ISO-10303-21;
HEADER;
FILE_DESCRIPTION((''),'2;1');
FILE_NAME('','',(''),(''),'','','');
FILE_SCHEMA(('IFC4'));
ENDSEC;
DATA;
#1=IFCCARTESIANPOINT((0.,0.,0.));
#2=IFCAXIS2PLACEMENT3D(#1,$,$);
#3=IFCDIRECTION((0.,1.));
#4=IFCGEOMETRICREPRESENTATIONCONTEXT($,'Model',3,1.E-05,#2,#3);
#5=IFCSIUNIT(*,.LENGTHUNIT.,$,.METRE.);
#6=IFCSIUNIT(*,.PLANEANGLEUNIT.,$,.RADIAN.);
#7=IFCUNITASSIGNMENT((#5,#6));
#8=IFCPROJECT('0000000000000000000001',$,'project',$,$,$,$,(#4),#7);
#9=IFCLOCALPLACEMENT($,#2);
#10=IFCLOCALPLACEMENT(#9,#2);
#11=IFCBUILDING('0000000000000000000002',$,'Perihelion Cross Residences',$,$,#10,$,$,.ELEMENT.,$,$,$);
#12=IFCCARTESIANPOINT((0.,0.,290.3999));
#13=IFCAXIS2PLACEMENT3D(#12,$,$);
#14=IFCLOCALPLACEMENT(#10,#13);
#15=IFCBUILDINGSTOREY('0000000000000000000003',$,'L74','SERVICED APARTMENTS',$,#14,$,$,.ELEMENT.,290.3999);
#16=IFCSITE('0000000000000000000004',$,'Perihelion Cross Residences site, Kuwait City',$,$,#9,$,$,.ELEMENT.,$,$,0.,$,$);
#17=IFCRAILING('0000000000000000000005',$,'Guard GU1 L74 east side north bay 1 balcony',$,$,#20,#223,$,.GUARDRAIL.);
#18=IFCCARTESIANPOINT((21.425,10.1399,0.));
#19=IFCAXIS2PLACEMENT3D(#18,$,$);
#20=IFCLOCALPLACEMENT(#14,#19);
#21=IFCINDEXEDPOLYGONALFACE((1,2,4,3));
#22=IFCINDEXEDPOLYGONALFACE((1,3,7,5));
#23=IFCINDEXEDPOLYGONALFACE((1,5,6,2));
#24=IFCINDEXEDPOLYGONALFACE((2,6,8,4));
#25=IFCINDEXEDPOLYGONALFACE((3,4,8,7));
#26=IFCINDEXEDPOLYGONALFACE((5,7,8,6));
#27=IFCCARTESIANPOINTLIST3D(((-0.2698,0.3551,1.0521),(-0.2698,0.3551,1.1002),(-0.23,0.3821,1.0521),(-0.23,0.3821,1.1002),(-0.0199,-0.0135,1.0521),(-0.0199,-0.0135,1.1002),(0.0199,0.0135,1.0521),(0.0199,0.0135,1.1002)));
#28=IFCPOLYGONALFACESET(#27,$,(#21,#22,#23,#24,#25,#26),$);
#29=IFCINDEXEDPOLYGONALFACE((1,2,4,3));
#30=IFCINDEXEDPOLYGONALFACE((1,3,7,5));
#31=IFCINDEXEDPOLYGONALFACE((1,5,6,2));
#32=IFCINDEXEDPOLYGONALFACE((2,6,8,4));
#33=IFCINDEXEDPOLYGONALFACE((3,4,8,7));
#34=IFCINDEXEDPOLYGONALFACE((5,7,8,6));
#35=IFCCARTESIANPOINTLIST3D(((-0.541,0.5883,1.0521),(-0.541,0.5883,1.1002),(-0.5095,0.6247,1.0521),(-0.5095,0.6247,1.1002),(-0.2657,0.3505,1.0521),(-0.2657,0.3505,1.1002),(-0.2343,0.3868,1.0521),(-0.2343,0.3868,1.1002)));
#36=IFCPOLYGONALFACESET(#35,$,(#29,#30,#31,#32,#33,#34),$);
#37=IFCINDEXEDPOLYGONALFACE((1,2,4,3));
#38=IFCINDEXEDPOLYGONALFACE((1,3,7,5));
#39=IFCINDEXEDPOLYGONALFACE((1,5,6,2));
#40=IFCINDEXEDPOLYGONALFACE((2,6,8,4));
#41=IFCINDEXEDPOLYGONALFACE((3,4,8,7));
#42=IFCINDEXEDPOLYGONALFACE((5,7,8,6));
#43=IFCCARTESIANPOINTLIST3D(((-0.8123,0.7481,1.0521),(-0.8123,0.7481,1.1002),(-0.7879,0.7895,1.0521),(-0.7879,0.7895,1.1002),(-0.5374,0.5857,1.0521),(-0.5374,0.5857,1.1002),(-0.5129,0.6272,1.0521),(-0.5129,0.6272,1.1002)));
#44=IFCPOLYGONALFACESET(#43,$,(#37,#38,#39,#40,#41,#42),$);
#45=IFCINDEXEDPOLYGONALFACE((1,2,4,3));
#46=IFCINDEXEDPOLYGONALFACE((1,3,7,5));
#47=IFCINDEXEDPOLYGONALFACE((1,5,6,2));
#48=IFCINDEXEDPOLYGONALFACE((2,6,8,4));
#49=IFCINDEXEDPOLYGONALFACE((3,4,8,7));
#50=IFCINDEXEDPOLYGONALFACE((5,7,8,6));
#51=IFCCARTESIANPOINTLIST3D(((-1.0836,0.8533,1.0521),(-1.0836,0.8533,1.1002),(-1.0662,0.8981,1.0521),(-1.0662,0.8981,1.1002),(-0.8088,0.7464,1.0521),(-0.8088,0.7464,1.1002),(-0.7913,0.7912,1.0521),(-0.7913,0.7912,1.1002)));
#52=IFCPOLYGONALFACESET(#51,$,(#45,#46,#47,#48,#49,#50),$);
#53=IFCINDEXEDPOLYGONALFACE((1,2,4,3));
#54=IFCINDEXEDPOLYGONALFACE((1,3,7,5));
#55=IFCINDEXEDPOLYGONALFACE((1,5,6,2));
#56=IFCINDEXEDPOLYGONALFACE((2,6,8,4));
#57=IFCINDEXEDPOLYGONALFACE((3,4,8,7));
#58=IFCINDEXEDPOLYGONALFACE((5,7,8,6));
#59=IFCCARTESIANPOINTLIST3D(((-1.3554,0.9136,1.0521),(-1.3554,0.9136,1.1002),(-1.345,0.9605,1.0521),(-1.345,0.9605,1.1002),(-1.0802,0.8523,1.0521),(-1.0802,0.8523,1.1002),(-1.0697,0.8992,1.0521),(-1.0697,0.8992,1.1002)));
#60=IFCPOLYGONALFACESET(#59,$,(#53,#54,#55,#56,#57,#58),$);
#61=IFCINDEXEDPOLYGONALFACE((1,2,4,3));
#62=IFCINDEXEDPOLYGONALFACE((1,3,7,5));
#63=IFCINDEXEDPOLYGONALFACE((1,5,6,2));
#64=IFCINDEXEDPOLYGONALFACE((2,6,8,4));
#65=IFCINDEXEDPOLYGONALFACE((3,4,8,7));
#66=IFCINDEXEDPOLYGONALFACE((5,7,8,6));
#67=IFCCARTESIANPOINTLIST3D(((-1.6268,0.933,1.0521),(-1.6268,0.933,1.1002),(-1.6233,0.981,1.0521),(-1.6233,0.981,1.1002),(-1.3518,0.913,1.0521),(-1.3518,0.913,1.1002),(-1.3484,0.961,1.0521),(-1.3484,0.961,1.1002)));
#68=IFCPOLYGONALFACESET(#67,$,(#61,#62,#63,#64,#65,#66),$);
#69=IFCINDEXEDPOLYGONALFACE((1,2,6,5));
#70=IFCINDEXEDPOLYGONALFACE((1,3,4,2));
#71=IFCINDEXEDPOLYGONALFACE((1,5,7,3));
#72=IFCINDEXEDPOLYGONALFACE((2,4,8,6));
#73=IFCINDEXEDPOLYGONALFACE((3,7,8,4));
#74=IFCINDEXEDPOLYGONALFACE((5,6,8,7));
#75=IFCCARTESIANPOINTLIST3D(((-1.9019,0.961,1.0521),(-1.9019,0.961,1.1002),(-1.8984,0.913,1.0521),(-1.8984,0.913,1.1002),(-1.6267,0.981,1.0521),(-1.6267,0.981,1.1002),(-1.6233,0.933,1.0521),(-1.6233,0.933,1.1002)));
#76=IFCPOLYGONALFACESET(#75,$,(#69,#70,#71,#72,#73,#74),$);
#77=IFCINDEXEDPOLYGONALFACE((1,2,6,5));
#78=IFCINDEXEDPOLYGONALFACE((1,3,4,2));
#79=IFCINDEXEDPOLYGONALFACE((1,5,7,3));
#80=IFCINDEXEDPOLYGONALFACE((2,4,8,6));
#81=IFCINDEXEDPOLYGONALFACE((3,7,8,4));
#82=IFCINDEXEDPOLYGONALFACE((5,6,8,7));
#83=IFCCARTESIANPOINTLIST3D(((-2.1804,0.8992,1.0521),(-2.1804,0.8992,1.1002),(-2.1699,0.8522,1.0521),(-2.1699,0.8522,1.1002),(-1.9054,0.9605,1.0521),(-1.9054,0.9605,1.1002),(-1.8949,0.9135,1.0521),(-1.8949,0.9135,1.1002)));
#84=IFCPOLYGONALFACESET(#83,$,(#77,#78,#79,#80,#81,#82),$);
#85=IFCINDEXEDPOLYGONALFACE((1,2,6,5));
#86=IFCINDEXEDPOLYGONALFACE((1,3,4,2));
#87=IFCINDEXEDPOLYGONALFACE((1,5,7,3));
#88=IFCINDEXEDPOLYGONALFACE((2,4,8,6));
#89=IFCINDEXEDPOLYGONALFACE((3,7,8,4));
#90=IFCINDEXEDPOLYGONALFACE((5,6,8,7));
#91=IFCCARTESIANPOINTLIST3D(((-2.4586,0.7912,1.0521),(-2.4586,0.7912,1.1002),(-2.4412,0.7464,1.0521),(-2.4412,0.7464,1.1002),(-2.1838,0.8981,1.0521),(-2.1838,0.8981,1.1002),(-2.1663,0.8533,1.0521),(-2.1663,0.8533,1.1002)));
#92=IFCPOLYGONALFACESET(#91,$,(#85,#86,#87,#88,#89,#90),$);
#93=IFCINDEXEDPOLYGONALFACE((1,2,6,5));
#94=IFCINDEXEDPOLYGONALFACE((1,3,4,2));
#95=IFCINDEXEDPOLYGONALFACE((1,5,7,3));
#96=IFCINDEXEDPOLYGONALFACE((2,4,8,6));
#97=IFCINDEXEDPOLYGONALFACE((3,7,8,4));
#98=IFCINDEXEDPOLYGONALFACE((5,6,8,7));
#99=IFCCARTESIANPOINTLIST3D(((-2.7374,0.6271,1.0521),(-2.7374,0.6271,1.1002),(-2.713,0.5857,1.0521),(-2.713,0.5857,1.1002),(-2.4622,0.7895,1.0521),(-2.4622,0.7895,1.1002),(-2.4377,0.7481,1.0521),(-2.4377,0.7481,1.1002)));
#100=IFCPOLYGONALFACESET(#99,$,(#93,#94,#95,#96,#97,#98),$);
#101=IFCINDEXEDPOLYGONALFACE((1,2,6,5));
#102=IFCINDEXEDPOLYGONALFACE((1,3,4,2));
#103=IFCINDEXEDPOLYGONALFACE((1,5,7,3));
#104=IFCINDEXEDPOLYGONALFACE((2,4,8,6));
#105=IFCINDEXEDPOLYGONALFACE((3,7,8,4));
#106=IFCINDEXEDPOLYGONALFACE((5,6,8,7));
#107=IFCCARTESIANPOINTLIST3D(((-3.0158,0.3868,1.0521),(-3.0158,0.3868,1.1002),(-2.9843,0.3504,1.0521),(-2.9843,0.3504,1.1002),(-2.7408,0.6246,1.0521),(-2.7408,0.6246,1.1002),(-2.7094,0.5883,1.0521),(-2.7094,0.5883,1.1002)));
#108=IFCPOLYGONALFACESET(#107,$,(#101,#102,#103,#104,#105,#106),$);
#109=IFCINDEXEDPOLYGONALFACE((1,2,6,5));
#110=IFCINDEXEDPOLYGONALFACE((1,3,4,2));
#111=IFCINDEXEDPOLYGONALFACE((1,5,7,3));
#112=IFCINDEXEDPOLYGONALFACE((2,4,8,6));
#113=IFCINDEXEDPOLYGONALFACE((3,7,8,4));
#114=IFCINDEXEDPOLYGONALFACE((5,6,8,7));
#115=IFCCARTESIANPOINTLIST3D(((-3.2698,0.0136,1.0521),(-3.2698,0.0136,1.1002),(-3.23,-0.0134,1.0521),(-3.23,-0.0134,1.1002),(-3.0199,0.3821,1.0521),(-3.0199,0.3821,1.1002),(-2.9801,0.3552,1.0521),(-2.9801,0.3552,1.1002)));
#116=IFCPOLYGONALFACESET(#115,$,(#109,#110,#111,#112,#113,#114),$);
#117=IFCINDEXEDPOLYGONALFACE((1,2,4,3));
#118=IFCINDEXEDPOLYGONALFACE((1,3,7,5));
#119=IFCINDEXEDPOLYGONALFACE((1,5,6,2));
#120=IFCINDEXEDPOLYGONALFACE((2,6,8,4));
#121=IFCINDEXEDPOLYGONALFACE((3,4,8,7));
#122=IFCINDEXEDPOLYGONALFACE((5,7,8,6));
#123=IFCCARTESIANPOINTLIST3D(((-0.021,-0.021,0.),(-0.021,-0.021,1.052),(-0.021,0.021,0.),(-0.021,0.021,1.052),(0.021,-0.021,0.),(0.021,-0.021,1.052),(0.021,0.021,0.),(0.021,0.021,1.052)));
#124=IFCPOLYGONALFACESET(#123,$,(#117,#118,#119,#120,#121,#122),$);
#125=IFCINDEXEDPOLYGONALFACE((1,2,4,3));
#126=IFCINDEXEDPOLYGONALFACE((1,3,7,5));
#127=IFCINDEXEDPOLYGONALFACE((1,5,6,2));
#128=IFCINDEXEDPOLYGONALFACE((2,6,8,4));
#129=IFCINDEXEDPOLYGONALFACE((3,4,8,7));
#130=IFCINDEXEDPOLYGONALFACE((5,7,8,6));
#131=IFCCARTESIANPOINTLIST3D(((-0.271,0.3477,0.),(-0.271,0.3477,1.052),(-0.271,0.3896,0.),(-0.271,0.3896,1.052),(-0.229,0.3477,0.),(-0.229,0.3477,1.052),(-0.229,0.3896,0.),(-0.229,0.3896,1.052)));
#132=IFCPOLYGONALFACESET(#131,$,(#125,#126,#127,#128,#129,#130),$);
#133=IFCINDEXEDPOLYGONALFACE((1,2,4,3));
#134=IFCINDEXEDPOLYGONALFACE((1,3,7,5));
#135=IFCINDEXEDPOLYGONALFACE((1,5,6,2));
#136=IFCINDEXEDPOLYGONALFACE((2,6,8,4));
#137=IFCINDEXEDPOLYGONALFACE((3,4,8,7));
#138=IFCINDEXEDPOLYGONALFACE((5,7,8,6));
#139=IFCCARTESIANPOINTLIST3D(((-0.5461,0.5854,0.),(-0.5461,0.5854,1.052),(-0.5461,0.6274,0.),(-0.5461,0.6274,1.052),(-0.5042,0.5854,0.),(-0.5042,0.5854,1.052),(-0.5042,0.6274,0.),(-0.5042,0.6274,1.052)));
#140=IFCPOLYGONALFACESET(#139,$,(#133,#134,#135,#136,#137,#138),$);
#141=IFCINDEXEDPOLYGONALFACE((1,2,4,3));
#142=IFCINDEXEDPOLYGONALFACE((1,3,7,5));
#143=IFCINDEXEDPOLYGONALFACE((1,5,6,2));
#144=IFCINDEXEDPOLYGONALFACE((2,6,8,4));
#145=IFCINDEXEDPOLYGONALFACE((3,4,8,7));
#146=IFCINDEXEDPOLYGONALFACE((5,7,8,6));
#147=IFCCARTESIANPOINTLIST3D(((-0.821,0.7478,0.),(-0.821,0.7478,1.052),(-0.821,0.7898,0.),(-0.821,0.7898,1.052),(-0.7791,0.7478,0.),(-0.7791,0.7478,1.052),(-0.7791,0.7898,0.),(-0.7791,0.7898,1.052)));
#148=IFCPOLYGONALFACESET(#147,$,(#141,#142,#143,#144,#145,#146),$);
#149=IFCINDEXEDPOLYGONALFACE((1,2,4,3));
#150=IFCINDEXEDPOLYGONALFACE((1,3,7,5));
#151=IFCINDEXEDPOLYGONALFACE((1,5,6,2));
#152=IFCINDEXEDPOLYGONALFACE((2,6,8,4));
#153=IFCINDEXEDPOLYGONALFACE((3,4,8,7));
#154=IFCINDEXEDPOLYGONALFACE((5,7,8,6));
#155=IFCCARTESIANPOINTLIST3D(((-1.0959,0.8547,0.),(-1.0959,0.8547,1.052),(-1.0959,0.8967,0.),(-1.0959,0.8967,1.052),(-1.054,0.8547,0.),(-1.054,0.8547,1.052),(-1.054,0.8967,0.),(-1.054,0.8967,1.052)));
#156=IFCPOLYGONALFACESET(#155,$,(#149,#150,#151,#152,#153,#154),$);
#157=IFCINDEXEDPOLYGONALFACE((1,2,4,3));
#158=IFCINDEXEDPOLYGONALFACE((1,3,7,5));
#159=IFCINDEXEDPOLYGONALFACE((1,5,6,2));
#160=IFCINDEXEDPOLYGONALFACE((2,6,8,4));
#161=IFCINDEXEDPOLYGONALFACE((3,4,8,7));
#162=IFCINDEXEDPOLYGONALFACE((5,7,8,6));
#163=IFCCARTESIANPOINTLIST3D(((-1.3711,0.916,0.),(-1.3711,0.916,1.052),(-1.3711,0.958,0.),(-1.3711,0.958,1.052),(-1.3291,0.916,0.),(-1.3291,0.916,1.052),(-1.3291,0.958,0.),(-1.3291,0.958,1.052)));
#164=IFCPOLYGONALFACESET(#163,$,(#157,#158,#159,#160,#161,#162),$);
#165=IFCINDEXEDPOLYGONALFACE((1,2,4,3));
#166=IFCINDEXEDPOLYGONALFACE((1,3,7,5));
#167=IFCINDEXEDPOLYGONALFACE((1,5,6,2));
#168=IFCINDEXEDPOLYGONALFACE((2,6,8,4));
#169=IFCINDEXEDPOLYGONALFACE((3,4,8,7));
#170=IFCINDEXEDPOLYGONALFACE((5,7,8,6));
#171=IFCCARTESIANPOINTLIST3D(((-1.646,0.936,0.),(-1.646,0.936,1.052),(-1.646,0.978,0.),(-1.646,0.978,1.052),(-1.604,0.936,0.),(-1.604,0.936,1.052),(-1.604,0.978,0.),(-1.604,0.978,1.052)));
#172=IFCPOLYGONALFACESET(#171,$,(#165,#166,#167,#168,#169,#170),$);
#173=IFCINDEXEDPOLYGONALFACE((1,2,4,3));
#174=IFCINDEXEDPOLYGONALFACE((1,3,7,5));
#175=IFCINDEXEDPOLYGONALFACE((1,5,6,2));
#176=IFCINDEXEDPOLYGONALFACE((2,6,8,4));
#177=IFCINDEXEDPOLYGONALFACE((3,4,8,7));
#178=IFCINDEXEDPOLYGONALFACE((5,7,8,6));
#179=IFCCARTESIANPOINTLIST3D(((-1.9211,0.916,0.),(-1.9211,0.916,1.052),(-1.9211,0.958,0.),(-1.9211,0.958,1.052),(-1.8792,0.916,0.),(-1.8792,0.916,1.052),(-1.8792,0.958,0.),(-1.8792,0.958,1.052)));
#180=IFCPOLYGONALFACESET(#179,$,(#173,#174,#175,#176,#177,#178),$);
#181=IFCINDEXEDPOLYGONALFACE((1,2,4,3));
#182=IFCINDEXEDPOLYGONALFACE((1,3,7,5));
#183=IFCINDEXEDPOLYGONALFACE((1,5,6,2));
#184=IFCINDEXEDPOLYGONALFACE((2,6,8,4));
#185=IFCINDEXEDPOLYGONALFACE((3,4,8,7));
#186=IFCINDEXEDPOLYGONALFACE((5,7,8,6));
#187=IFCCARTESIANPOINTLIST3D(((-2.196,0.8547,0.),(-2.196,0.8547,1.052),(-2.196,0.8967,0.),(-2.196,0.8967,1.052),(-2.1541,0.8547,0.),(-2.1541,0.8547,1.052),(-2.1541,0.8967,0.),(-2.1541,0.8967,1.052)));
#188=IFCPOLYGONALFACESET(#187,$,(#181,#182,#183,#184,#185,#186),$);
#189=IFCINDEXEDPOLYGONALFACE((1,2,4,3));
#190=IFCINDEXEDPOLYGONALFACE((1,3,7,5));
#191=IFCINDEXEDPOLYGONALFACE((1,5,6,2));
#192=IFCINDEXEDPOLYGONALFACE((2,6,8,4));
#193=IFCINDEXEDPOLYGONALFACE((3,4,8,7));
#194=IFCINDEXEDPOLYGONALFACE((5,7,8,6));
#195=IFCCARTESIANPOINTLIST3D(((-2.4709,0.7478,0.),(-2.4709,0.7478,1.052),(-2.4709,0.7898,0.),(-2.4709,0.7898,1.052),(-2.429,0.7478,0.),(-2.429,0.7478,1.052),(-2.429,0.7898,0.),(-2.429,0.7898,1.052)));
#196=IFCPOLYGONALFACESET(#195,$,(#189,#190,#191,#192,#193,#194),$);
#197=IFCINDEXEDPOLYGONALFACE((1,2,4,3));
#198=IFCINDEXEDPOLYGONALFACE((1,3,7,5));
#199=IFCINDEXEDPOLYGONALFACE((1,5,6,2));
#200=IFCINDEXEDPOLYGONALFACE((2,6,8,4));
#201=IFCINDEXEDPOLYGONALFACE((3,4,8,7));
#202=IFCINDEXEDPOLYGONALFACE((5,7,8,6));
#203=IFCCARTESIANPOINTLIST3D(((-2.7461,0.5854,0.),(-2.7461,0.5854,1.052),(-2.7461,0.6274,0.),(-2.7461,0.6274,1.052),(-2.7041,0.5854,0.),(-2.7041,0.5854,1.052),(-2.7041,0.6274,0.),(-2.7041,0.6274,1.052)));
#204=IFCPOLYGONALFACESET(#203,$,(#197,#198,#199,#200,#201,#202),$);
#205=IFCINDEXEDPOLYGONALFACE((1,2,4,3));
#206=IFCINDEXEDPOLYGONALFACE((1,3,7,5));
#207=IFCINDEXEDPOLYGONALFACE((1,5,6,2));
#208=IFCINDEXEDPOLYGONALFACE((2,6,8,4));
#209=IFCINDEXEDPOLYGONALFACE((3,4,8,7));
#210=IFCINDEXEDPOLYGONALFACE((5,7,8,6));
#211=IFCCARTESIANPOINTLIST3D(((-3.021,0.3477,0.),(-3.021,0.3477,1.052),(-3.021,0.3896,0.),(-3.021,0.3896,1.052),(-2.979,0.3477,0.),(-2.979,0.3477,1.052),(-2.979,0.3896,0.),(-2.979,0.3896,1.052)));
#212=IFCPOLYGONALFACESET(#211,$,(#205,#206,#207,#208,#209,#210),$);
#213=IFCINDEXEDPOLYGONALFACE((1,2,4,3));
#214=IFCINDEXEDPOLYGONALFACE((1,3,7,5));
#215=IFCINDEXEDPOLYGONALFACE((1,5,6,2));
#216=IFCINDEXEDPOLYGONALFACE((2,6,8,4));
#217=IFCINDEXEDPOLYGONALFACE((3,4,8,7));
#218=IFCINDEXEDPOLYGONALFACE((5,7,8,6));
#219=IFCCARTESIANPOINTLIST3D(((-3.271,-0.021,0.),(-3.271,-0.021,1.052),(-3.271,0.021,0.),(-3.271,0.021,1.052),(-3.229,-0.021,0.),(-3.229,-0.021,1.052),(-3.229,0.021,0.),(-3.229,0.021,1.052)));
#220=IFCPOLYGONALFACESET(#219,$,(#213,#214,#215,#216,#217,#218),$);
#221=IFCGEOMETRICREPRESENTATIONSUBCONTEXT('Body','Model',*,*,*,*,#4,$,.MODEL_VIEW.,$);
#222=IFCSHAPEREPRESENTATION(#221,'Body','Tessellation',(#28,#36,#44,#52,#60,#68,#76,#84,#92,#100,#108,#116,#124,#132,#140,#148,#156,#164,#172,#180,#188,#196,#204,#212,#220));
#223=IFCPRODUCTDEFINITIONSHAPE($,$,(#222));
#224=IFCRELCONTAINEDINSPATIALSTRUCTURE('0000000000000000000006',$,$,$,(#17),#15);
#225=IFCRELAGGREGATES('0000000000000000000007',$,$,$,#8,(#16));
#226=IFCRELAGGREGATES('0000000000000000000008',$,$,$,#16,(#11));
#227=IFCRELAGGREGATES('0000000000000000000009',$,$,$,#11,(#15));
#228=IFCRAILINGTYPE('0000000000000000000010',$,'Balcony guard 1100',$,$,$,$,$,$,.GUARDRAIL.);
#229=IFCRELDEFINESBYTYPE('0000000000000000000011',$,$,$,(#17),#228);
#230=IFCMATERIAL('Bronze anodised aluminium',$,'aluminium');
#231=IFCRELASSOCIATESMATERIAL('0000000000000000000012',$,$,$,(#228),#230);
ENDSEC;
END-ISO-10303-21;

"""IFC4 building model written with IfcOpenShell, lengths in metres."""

from ifc_helpers import new_model, si_unit, direction, frame, origin, origin_2d, place, context, subcontext, project, spatial, rectangle, extrude, material, type_object, element, save


model = new_model("IFC4")

# Units and contexts
model_context = context("Model", 3, precision=1e-05, world=origin(), true_north=direction((0.0, 1.0)))
body_context = subcontext(model_context, "Body", "Model", "MODEL_VIEW")
ifc_project = project(units=[si_unit("LENGTHUNIT", "METRE"), si_unit("PLANEANGLEUNIT", "RADIAN")], contexts=[model_context])

# Site, building, storey
site_placement = place(None, origin())
site = spatial("IfcSite", under=ifc_project, at=site_placement, Name="Perihelion Cross Residences site, Kuwait City", CompositionType="ELEMENT", RefElevation=0.0)
building_placement = place(site_placement, origin())
building = spatial("IfcBuilding", under=site, at=building_placement, Name="Perihelion Cross Residences", CompositionType="ELEMENT")
storey_placement = place(building_placement, frame((0.0, 0.0, 290.3999)))
storey = spatial("IfcBuildingStorey", under=building, at=storey_placement, Name="L74", Description="SERVICED APARTMENTS", CompositionType="ELEMENT", Elevation=290.3999)

# Railing
ifc_material_1 = material(Name="Bronze anodised aluminium", Category="aluminium")
railing_type_1 = type_object("IfcRailingType", Name="Balcony guard 1100", PredefinedType="GUARDRAIL", material=ifc_material_1)
railing_1_placement = place(storey_placement, frame((21.425, 10.1399, 0.0)))
element("IfcRailing", 1, at=railing_1_placement, inside=storey, type_object=railing_type_1, Name="Guard GU1 L74 east side north bay 1 balcony", PredefinedType="GUARDRAIL", context=body_context, shape_type="SweptSolid", body=[
    extrude(rectangle(XDim=0.0481, YDim=0.0481, at=origin_2d()), frame((0.0, 0.0, 1.0762), z_axis=(-0.56126, 0.827639, 0.0), x_axis=(-0.827639, -0.56126, 0.0)), (0.0, 0.0, 1.0), 0.4453),
    extrude(rectangle(XDim=0.0481, YDim=0.0481, at=origin_2d()), frame((-0.25, 0.3687, 1.0762), z_axis=(-0.756597, 0.653882, 0.0), x_axis=(-0.653882, -0.756597, 0.0)), (0.0, 0.0, 1.0), 0.3638),
    extrude(rectangle(XDim=0.0481, YDim=0.0481, at=origin_2d()), frame((-0.5251, 0.6064, 1.0762), z_axis=(-0.861048, 0.508523, 0.0), x_axis=(-0.508523, -0.861048, 0.0)), (0.0, 0.0, 1.0), 0.3193),
    extrude(rectangle(XDim=0.0481, YDim=0.0481, at=origin_2d()), frame((-0.8, 0.7688, 1.0762), z_axis=(-0.931974, 0.362526, 0.0), x_axis=(-0.362526, -0.931974, 0.0)), (0.0, 0.0, 1.0), 0.2949),
    extrude(rectangle(XDim=0.0481, YDim=0.0481, at=origin_2d()), frame((-1.075, 0.8757, 1.0762), z_axis=(-0.976085, 0.217389, 0.0), x_axis=(-0.217389, -0.976085, 0.0)), (0.0, 0.0, 1.0), 0.282),
    extrude(rectangle(XDim=0.0481, YDim=0.0481, at=origin_2d()), frame((-1.3501, 0.937, 1.0762), z_axis=(-0.997359, 0.072632, 0.0), x_axis=(-0.072632, -0.997359, 0.0)), (0.0, 0.0, 1.0), 0.2756),
    extrude(rectangle(XDim=0.0481, YDim=0.0481, at=origin_2d()), frame((-1.625, 0.957, 1.0762), z_axis=(-0.997363, -0.072568, 0.0), x_axis=(0.072568, -0.997363, 0.0)), (0.0, 0.0, 1.0), 0.2759),
    extrude(rectangle(XDim=0.0481, YDim=0.0481, at=origin_2d()), frame((-1.9001, 0.937, 1.0762), z_axis=(-0.976044, -0.217573, 0.0), x_axis=(0.217573, -0.976044, 0.0)), (0.0, 0.0, 1.0), 0.2817),
    extrude(rectangle(XDim=0.0481, YDim=0.0481, at=origin_2d()), frame((-2.175, 0.8757, 1.0762), z_axis=(-0.931974, -0.362526, 0.0), x_axis=(0.362526, -0.931974, 0.0)), (0.0, 0.0, 1.0), 0.2949),
    extrude(rectangle(XDim=0.0481, YDim=0.0481, at=origin_2d()), frame((-2.45, 0.7688, 1.0762), z_axis=(-0.861246, -0.508189, 0.0), x_axis=(0.508189, -0.861246, 0.0)), (0.0, 0.0, 1.0), 0.3196),
    extrude(rectangle(XDim=0.0481, YDim=0.0481, at=origin_2d()), frame((-2.7251, 0.6064, 1.0762), z_axis=(-0.756309, -0.654214, 0.0), x_axis=(0.654214, -0.756309, 0.0)), (0.0, 0.0, 1.0), 0.3635),
    extrude(rectangle(XDim=0.0481, YDim=0.0481, at=origin_2d()), frame((-3.0, 0.3687, 1.0762), z_axis=(-0.56126, -0.827639, 0.0), x_axis=(0.827639, -0.56126, 0.0)), (0.0, 0.0, 1.0), 0.4453),
    extrude(rectangle(XDim=0.042, YDim=0.042, at=origin_2d()), origin(), (0.0, 0.0, 1.0), 1.052),
    extrude(rectangle(XDim=0.042, YDim=0.042, at=origin_2d()), frame((-0.25, 0.3687, 0.0)), (0.0, 0.0, 1.0), 1.052),
    extrude(rectangle(XDim=0.042, YDim=0.042, at=origin_2d()), frame((-0.5251, 0.6064, 0.0)), (0.0, 0.0, 1.0), 1.052),
    extrude(rectangle(XDim=0.042, YDim=0.042, at=origin_2d()), frame((-0.8, 0.7688, 0.0)), (0.0, 0.0, 1.0), 1.052),
    extrude(rectangle(XDim=0.042, YDim=0.042, at=origin_2d()), frame((-1.075, 0.8757, 0.0)), (0.0, 0.0, 1.0), 1.052),
    extrude(rectangle(XDim=0.042, YDim=0.042, at=origin_2d()), frame((-1.3501, 0.937, 0.0)), (0.0, 0.0, 1.0), 1.052),
    extrude(rectangle(XDim=0.042, YDim=0.042, at=origin_2d()), frame((-1.625, 0.957, 0.0)), (0.0, 0.0, 1.0), 1.052),
    extrude(rectangle(XDim=0.042, YDim=0.042, at=origin_2d()), frame((-1.9001, 0.937, 0.0)), (0.0, 0.0, 1.0), 1.052),
    extrude(rectangle(XDim=0.042, YDim=0.042, at=origin_2d()), frame((-2.175, 0.8757, 0.0)), (0.0, 0.0, 1.0), 1.052),
    extrude(rectangle(XDim=0.042, YDim=0.042, at=origin_2d()), frame((-2.45, 0.7688, 0.0)), (0.0, 0.0, 1.0), 1.052),
    extrude(rectangle(XDim=0.042, YDim=0.042, at=origin_2d()), frame((-2.7251, 0.6064, 0.0)), (0.0, 0.0, 1.0), 1.052),
    extrude(rectangle(XDim=0.042, YDim=0.042, at=origin_2d()), frame((-3.0, 0.3687, 0.0)), (0.0, 0.0, 1.0), 1.052),
    extrude(rectangle(XDim=0.042, YDim=0.042, at=origin_2d()), frame((-3.25, 0.0, 0.0)), (0.0, 0.0, 1.0), 1.052),
])

save(model, "model.ifc")
